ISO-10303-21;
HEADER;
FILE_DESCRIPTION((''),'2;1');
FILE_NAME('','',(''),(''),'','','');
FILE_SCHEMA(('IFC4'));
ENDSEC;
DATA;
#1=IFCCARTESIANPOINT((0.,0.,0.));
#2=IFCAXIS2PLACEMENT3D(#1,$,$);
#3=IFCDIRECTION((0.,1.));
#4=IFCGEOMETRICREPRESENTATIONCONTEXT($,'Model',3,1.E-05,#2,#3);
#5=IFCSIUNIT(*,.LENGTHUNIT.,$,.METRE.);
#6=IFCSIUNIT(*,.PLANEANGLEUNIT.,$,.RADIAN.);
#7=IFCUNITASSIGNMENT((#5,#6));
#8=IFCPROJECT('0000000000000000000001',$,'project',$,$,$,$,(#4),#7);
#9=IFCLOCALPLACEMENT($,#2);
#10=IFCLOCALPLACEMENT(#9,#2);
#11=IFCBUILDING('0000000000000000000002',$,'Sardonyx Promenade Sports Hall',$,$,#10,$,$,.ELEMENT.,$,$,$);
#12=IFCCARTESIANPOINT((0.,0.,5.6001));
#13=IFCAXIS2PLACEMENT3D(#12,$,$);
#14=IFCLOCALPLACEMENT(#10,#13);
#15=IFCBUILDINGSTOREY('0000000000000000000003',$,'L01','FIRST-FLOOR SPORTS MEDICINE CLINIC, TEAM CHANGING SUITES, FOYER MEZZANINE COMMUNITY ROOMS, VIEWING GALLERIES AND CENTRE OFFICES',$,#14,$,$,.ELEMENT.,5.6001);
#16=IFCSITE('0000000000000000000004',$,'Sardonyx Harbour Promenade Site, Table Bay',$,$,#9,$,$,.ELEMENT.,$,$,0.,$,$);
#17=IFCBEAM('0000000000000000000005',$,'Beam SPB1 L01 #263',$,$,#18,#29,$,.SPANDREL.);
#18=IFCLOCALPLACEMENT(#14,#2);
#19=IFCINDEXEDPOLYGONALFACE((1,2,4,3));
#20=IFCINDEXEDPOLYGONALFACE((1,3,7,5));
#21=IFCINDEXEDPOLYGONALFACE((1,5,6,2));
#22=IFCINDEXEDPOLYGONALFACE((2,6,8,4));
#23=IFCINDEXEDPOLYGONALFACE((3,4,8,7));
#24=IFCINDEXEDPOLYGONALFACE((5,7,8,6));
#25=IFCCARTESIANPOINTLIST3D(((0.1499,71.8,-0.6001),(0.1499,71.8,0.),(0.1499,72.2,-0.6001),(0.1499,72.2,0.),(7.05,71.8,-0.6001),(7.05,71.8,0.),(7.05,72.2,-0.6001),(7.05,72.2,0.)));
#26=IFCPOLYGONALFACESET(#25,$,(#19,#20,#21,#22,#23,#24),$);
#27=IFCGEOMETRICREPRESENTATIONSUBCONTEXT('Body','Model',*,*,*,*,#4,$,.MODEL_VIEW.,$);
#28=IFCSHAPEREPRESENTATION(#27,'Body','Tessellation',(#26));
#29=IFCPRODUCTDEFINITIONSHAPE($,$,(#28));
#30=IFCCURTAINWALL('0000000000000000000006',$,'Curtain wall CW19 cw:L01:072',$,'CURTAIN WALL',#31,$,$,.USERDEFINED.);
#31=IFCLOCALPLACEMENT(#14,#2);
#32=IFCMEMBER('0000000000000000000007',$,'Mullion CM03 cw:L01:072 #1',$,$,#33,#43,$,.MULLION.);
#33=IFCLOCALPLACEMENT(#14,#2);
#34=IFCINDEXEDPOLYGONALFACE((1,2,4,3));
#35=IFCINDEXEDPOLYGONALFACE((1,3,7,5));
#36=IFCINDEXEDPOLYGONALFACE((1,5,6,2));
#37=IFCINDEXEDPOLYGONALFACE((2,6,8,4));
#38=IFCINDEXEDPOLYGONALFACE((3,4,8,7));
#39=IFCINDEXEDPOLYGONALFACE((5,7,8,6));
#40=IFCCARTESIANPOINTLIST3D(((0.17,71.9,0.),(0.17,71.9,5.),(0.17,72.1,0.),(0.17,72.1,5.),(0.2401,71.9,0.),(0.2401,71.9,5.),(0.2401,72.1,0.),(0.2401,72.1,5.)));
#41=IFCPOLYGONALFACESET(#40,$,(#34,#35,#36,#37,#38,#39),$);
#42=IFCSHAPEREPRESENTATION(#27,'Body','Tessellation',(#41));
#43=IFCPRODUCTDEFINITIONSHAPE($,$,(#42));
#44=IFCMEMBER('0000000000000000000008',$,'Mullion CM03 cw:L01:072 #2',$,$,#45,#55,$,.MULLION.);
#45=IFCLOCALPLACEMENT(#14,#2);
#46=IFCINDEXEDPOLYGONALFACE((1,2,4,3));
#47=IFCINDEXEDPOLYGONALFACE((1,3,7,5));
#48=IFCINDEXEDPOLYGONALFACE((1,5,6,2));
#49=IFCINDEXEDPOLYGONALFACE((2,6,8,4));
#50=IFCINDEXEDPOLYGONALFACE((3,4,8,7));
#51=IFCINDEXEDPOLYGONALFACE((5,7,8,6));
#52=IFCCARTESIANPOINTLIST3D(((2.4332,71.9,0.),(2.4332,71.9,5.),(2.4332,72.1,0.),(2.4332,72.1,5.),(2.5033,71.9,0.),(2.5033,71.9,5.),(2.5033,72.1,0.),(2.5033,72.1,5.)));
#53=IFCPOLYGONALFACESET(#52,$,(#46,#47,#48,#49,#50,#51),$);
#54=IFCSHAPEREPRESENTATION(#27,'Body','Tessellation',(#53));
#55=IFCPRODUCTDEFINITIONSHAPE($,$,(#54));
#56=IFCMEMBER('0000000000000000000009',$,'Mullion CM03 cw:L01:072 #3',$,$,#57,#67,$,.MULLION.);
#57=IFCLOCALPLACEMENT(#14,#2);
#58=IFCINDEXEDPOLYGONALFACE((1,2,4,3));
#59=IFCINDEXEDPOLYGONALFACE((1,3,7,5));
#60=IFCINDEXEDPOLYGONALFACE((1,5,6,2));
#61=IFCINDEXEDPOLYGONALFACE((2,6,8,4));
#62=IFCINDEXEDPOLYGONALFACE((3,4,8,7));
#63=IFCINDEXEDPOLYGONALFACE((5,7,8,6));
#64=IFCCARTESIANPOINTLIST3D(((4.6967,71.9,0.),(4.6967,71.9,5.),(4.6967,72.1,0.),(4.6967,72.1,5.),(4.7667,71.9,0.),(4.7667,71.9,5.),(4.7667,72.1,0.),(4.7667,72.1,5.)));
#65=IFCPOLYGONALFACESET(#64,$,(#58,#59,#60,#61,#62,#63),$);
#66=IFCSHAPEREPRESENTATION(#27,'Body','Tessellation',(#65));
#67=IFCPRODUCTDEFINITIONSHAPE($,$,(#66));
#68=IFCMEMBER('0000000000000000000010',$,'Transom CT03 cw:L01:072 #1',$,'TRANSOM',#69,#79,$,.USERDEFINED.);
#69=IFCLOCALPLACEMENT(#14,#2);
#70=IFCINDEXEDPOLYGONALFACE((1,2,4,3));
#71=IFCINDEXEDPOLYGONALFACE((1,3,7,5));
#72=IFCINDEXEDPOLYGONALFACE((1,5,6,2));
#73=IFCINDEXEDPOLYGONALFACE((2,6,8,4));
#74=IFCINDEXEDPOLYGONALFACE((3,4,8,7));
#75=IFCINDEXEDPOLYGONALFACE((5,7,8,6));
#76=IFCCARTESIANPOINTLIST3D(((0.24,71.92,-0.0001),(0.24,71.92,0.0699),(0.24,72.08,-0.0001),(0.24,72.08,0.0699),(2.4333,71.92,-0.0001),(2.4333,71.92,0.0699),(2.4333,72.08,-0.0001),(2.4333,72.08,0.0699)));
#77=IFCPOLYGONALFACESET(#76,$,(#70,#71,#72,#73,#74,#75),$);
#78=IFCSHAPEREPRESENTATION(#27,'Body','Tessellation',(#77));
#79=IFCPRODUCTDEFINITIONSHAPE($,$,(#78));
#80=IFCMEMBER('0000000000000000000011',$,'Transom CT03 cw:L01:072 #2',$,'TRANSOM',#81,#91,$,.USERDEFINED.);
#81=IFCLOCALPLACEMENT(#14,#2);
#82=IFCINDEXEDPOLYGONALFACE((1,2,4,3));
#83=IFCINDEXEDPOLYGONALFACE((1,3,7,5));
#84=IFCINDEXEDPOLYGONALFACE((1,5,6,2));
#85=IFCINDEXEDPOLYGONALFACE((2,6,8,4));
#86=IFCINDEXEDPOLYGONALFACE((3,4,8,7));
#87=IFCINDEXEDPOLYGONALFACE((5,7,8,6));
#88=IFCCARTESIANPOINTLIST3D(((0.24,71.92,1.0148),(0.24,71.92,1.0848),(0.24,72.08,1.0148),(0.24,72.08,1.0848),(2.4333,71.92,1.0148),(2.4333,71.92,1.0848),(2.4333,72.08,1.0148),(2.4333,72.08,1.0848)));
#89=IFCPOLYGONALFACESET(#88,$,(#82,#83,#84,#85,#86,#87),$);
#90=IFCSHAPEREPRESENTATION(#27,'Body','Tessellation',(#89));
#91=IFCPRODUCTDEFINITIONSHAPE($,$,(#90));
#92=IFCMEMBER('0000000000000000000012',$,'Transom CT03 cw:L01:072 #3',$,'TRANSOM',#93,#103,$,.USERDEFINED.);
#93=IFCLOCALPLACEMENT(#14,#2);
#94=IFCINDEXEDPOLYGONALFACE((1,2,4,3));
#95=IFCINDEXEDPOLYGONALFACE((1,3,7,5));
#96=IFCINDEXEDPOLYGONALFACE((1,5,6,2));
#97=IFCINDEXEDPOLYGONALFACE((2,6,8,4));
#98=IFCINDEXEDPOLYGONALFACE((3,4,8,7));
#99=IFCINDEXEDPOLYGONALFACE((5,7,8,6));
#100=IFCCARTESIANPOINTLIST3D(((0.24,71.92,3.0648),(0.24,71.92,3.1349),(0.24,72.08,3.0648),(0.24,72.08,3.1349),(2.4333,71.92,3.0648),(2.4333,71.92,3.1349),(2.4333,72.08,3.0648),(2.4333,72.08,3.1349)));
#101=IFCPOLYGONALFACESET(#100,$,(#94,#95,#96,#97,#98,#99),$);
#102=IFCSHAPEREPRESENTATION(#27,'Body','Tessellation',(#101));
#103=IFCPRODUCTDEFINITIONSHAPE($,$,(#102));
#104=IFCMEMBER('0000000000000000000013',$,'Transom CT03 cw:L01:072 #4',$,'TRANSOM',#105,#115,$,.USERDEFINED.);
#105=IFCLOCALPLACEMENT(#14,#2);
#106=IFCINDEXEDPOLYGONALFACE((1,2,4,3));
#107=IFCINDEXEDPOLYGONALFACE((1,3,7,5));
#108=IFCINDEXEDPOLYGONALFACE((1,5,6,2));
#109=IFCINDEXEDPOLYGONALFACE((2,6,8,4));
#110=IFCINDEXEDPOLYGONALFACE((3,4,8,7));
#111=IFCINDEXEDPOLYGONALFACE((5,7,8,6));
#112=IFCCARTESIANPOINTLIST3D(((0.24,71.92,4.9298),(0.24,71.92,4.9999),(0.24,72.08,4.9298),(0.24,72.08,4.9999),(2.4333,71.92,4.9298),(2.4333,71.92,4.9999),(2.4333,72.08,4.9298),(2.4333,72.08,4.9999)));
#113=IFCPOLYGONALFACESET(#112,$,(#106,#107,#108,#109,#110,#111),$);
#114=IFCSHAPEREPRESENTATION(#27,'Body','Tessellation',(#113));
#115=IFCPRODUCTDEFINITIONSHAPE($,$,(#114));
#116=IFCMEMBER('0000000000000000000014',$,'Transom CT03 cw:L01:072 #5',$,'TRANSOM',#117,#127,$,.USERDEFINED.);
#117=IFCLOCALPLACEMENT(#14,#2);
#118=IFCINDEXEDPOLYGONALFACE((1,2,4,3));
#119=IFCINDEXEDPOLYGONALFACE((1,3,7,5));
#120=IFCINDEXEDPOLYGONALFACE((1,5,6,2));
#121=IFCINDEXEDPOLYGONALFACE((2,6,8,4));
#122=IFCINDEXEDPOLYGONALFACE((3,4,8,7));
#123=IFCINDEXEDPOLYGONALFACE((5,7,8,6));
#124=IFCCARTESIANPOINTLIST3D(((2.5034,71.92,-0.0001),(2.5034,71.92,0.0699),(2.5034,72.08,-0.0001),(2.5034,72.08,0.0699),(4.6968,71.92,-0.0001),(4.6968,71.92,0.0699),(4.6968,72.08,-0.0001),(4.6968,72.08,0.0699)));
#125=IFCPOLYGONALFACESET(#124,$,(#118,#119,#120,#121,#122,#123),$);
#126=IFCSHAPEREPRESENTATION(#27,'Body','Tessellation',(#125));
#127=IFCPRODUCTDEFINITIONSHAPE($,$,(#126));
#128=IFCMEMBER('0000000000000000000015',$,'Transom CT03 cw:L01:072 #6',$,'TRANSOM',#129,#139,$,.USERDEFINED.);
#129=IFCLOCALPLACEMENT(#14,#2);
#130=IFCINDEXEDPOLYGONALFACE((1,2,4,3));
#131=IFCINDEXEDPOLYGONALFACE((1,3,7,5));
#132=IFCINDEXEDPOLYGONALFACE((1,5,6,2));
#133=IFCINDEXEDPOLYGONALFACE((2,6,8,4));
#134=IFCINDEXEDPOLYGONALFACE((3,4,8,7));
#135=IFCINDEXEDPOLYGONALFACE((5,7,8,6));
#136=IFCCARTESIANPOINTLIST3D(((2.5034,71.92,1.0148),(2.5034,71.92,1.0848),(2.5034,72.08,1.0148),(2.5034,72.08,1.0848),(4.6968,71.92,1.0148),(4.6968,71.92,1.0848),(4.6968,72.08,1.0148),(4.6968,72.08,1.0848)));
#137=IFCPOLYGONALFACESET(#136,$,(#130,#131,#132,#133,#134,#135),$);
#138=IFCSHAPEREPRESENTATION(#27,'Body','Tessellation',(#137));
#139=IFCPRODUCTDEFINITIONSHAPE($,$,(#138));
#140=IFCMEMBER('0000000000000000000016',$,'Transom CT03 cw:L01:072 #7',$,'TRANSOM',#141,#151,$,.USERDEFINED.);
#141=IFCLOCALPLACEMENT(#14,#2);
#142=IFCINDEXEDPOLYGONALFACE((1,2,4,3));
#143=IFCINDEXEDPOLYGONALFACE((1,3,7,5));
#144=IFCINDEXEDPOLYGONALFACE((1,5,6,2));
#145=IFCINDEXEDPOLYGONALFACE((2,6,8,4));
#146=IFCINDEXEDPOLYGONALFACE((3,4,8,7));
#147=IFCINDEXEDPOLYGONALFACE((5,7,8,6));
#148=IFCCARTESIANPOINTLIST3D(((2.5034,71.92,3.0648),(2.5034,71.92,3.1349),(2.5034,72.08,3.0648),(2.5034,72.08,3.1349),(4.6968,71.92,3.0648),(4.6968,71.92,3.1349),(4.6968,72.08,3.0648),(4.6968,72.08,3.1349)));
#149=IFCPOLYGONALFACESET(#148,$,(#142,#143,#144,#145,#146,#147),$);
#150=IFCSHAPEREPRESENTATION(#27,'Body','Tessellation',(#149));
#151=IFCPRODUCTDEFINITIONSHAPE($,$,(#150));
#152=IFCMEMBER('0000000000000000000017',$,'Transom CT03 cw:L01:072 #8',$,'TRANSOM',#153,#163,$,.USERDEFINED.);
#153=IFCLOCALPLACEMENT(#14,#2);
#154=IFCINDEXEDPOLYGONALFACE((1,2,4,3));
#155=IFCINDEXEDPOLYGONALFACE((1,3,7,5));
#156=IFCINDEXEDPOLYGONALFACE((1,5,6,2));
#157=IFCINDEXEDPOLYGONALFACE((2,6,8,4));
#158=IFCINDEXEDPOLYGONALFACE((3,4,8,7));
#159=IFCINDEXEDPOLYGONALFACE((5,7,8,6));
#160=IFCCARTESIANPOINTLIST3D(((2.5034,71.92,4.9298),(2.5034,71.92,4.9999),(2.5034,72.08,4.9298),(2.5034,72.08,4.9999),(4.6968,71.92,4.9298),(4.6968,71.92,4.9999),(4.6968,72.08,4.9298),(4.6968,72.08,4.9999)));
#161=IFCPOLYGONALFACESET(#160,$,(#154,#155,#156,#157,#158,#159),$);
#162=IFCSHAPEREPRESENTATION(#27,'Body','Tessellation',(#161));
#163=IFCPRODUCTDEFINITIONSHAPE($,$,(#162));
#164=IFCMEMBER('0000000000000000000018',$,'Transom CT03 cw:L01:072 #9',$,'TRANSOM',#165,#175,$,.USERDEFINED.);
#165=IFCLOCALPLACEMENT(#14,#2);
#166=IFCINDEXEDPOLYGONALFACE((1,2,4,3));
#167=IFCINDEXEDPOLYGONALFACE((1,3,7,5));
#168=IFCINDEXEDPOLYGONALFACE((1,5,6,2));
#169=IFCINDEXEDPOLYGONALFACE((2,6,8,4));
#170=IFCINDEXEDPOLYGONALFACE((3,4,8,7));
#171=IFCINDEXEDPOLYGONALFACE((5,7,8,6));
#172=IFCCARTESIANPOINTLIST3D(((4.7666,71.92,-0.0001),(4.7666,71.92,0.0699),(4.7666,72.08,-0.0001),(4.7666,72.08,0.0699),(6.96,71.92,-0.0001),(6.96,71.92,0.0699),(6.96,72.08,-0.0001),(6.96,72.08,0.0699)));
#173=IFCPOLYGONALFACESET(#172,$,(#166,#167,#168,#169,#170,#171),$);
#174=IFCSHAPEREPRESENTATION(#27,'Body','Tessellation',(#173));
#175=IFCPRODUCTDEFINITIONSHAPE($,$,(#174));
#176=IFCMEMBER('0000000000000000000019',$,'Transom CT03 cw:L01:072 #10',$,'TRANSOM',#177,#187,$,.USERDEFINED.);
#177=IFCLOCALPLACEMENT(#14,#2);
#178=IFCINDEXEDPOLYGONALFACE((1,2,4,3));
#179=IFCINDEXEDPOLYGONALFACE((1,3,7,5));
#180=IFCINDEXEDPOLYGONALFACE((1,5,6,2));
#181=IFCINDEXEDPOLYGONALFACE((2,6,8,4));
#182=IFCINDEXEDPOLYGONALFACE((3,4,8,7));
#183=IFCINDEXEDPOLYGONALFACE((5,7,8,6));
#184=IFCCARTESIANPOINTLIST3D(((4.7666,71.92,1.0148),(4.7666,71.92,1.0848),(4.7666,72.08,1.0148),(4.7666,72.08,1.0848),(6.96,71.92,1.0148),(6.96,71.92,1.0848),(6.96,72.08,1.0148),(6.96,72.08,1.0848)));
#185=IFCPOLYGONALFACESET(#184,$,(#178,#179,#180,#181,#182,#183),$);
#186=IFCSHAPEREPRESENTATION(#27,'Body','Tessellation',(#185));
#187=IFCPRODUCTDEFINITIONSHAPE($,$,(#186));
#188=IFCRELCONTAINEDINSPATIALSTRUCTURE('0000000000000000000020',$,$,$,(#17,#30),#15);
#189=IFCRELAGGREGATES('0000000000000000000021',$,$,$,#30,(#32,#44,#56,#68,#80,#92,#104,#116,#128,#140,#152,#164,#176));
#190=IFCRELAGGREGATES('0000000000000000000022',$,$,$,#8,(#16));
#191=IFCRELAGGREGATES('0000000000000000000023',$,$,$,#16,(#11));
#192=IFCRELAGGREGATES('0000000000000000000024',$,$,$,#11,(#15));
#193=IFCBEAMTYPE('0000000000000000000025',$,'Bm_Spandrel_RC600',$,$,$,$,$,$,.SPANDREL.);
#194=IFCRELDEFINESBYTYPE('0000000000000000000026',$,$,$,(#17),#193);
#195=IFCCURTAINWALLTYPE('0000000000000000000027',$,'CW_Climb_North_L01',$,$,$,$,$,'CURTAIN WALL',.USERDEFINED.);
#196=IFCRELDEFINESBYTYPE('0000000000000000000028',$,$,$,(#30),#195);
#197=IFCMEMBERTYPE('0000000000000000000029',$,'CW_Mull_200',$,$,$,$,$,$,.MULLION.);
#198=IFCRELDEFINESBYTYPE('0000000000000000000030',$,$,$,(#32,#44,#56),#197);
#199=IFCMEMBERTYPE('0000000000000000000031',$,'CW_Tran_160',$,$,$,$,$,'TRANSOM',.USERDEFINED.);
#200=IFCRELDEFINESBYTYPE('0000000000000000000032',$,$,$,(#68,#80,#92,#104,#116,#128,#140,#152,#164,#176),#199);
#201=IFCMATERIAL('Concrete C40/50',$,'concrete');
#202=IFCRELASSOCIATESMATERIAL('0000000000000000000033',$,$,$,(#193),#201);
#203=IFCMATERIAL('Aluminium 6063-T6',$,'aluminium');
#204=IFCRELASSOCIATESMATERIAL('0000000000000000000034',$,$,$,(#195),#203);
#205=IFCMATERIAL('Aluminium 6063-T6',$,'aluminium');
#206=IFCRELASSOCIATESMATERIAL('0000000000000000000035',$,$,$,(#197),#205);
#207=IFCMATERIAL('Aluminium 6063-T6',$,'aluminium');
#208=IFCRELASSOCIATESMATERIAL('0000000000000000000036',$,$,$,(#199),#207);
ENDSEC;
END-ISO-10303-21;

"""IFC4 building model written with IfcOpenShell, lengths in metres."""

from ifc_helpers import new_model, si_unit, direction, frame, origin, origin_2d, place, context, subcontext, project, spatial, rectangle, extrude, material, material_profile, profile_set, type_object, element, aggregate, save


model = new_model("IFC4")

# Units and contexts
model_context = context("Model", 3, precision=1e-05, world=origin(), true_north=direction((0.0, 1.0)))
body_context = subcontext(model_context, "Body", "Model", "MODEL_VIEW")
ifc_project = project(units=[si_unit("LENGTHUNIT", "METRE"), si_unit("PLANEANGLEUNIT", "RADIAN")], contexts=[model_context])

# Site, building, storey
site_placement = place(None, origin())
site = spatial("IfcSite", under=ifc_project, at=site_placement, Name="Sardonyx Harbour Promenade Site, Table Bay", CompositionType="ELEMENT", RefElevation=0.0)
building_placement = place(site_placement, origin())
building = spatial("IfcBuilding", under=site, at=building_placement, Name="Sardonyx Promenade Sports Hall", CompositionType="ELEMENT")
storey_placement = place(building_placement, frame((0.0, 0.0, 5.6001)))
storey = spatial("IfcBuildingStorey", under=building, at=storey_placement, Name="L01", Description="FIRST-FLOOR SPORTS MEDICINE CLINIC, TEAM CHANGING SUITES, FOYER MEZZANINE COMMUNITY ROOMS, VIEWING GALLERIES AND CENTRE OFFICES", CompositionType="ELEMENT", Elevation=5.6001)

# Beam
ifc_material_1 = material(Name="Concrete C40/50", Category="concrete")
ifc_material_profile_1 = material_profile(ifc_material_1, rectangle(XDim=0.3999, YDim=0.6001, at=origin_2d()))
ifc_profile_set_1 = profile_set([ifc_material_profile_1], Name="Concrete C40/50")
beam_type = type_object("IfcBeamType", Name="Bm_Spandrel_RC600", PredefinedType="SPANDREL", material=ifc_profile_set_1)
beam_placement = place(storey_placement, frame((0.1499, 72.0, -0.3), z_axis=(1.0, 0.0, 0.0), x_axis=(0.0, 1.0, 0.0)))
element("IfcBeam", 1, at=beam_placement, inside=storey, type_object=beam_type, Name="Beam SPB1 L01 #263", PredefinedType="SPANDREL", context=body_context, shape_type="SweptSolid", body=[
    extrude(rectangle(XDim=0.3999, YDim=0.6001, at=origin_2d()), origin(), (0.0, 0.0, 1.0), 6.9001),
])

# Curtain wall, members
ifc_material_2 = material(Name="Aluminium 6063-T6", Category="aluminium")
curtain_wall_type = type_object("IfcCurtainWallType", Name="CW_Climb_North_L01", ElementType="CURTAIN WALL", PredefinedType="USERDEFINED", material=ifc_material_2)
curtain_wall_placement = place(storey_placement, origin())
curtain_wall = element("IfcCurtainWall", 2, at=curtain_wall_placement, inside=storey, type_object=curtain_wall_type, Name="Curtain wall CW19 cw:L01:072", ObjectType="CURTAIN WALL", PredefinedType="USERDEFINED")
ifc_material_3 = material(Name="Aluminium 6063-T6", Category="aluminium")
ifc_material_profile_2 = material_profile(ifc_material_3, rectangle(XDim=0.0701, YDim=0.2, at=origin_2d()))
ifc_profile_set_2 = profile_set([ifc_material_profile_2], Name="Aluminium 6063-T6")
member_type_1 = type_object("IfcMemberType", Name="CW_Mull_200", PredefinedType="MULLION", material=ifc_profile_set_2)
member_1_placement = place(storey_placement, frame((0.2051, 72.0, 0.0), z_axis=(0.0, 0.0, 1.0), x_axis=(1.0, 0.0, 0.0)))
member_1 = element("IfcMember", 3, at=member_1_placement, type_object=member_type_1, Name="Mullion CM03 cw:L01:072 #1", PredefinedType="MULLION", context=body_context, shape_type="SweptSolid", body=[
    extrude(rectangle(XDim=0.0701, YDim=0.2, at=origin_2d()), origin(), (0.0, 0.0, 1.0), 5.0),
])
member_2_placement = place(storey_placement, frame((2.4683, 72.0, 0.0), z_axis=(0.0, 0.0, 1.0), x_axis=(1.0, 0.0, 0.0)))
member_2 = element("IfcMember", 4, at=member_2_placement, type_object=member_type_1, Name="Mullion CM03 cw:L01:072 #2", PredefinedType="MULLION", context=body_context, shape_type="SweptSolid", body=[
    extrude(rectangle(XDim=0.0701, YDim=0.2, at=origin_2d()), origin(), (0.0, 0.0, 1.0), 5.0),
])
member_3_placement = place(storey_placement, frame((4.7317, 72.0, 0.0), z_axis=(0.0, 0.0, 1.0), x_axis=(1.0, 0.0, 0.0)))
member_3 = element("IfcMember", 5, at=member_3_placement, type_object=member_type_1, Name="Mullion CM03 cw:L01:072 #3", PredefinedType="MULLION", context=body_context, shape_type="SweptSolid", body=[
    extrude(rectangle(XDim=0.0701, YDim=0.2, at=origin_2d()), origin(), (0.0, 0.0, 1.0), 5.0),
])
ifc_material_4 = material(Name="Aluminium 6063-T6", Category="aluminium")
ifc_material_profile_3 = material_profile(ifc_material_4, rectangle(XDim=0.0701, YDim=0.1599, at=origin_2d()))
ifc_profile_set_3 = profile_set([ifc_material_profile_3], Name="Aluminium 6063-T6")
member_type_2 = type_object("IfcMemberType", Name="CW_Tran_160", ElementType="TRANSOM", PredefinedType="USERDEFINED", material=ifc_profile_set_3)
member_4_placement = place(storey_placement, frame((0.24, 72.0, 0.0349), z_axis=(1.0, 0.0, 0.0), x_axis=(0.0, 0.0, 1.0)))
member_4 = element("IfcMember", 6, at=member_4_placement, type_object=member_type_2, Name="Transom CT03 cw:L01:072 #1", ObjectType="TRANSOM", PredefinedType="USERDEFINED", context=body_context, shape_type="SweptSolid", body=[
    extrude(rectangle(XDim=0.0701, YDim=0.1599, at=origin_2d()), origin(), (0.0, 0.0, 1.0), 2.1934),
])
member_5_placement = place(storey_placement, frame((0.24, 72.0, 1.0498), z_axis=(1.0, 0.0, 0.0), x_axis=(0.0, 0.0, 1.0)))
member_5 = element("IfcMember", 7, at=member_5_placement, type_object=member_type_2, Name="Transom CT03 cw:L01:072 #2", ObjectType="TRANSOM", PredefinedType="USERDEFINED", context=body_context, shape_type="SweptSolid", body=[
    extrude(rectangle(XDim=0.0701, YDim=0.1599, at=origin_2d()), origin(), (0.0, 0.0, 1.0), 2.1934),
])
member_6_placement = place(storey_placement, frame((0.24, 72.0, 3.0999), z_axis=(1.0, 0.0, 0.0), x_axis=(0.0, 0.0, 1.0)))
member_6 = element("IfcMember", 8, at=member_6_placement, type_object=member_type_2, Name="Transom CT03 cw:L01:072 #3", ObjectType="TRANSOM", PredefinedType="USERDEFINED", context=body_context, shape_type="SweptSolid", body=[
    extrude(rectangle(XDim=0.0701, YDim=0.1599, at=origin_2d()), origin(), (0.0, 0.0, 1.0), 2.1934),
])
member_7_placement = place(storey_placement, frame((0.24, 72.0, 4.9648), z_axis=(1.0, 0.0, 0.0), x_axis=(0.0, 0.0, 1.0)))
member_7 = element("IfcMember", 9, at=member_7_placement, type_object=member_type_2, Name="Transom CT03 cw:L01:072 #4", ObjectType="TRANSOM", PredefinedType="USERDEFINED", context=body_context, shape_type="SweptSolid", body=[
    extrude(rectangle(XDim=0.0701, YDim=0.1599, at=origin_2d()), origin(), (0.0, 0.0, 1.0), 2.1934),
])
member_8_placement = place(storey_placement, frame((2.5034, 72.0, 0.0349), z_axis=(1.0, 0.0, 0.0), x_axis=(0.0, 0.0, 1.0)))
member_8 = element("IfcMember", 10, at=member_8_placement, type_object=member_type_2, Name="Transom CT03 cw:L01:072 #5", ObjectType="TRANSOM", PredefinedType="USERDEFINED", context=body_context, shape_type="SweptSolid", body=[
    extrude(rectangle(XDim=0.0701, YDim=0.1599, at=origin_2d()), origin(), (0.0, 0.0, 1.0), 2.1934),
])
member_9_placement = place(storey_placement, frame((2.5034, 72.0, 1.0498), z_axis=(1.0, 0.0, 0.0), x_axis=(0.0, 0.0, 1.0)))
member_9 = element("IfcMember", 11, at=member_9_placement, type_object=member_type_2, Name="Transom CT03 cw:L01:072 #6", ObjectType="TRANSOM", PredefinedType="USERDEFINED", context=body_context, shape_type="SweptSolid", body=[
    extrude(rectangle(XDim=0.0701, YDim=0.1599, at=origin_2d()), origin(), (0.0, 0.0, 1.0), 2.1934),
])
member_10_placement = place(storey_placement, frame((2.5034, 72.0, 3.0999), z_axis=(1.0, 0.0, 0.0), x_axis=(0.0, 0.0, 1.0)))
member_10 = element("IfcMember", 12, at=member_10_placement, type_object=member_type_2, Name="Transom CT03 cw:L01:072 #7", ObjectType="TRANSOM", PredefinedType="USERDEFINED", context=body_context, shape_type="SweptSolid", body=[
    extrude(rectangle(XDim=0.0701, YDim=0.1599, at=origin_2d()), origin(), (0.0, 0.0, 1.0), 2.1934),
])
member_11_placement = place(storey_placement, frame((2.5034, 72.0, 4.9648), z_axis=(1.0, 0.0, 0.0), x_axis=(0.0, 0.0, 1.0)))
member_11 = element("IfcMember", 13, at=member_11_placement, type_object=member_type_2, Name="Transom CT03 cw:L01:072 #8", ObjectType="TRANSOM", PredefinedType="USERDEFINED", context=body_context, shape_type="SweptSolid", body=[
    extrude(rectangle(XDim=0.0701, YDim=0.1599, at=origin_2d()), origin(), (0.0, 0.0, 1.0), 2.1934),
])
member_12_placement = place(storey_placement, frame((4.7666, 72.0, 0.0349), z_axis=(1.0, 0.0, 0.0), x_axis=(0.0, 0.0, 1.0)))
member_12 = element("IfcMember", 14, at=member_12_placement, type_object=member_type_2, Name="Transom CT03 cw:L01:072 #9", ObjectType="TRANSOM", PredefinedType="USERDEFINED", context=body_context, shape_type="SweptSolid", body=[
    extrude(rectangle(XDim=0.0701, YDim=0.1599, at=origin_2d()), origin(), (0.0, 0.0, 1.0), 2.1934),
])
member_13_placement = place(storey_placement, frame((4.7666, 72.0, 1.0498), z_axis=(1.0, 0.0, 0.0), x_axis=(0.0, 0.0, 1.0)))
member_13 = element("IfcMember", 15, at=member_13_placement, type_object=member_type_2, Name="Transom CT03 cw:L01:072 #10", ObjectType="TRANSOM", PredefinedType="USERDEFINED", context=body_context, shape_type="SweptSolid", body=[
    extrude(rectangle(XDim=0.0701, YDim=0.1599, at=origin_2d()), origin(), (0.0, 0.0, 1.0), 2.1934),
])
aggregate(curtain_wall, [member_1, member_2, member_3, member_4, member_5, member_6, member_7, member_8, member_9, member_10, member_11, member_12, member_13])

save(model, "model.ifc")
